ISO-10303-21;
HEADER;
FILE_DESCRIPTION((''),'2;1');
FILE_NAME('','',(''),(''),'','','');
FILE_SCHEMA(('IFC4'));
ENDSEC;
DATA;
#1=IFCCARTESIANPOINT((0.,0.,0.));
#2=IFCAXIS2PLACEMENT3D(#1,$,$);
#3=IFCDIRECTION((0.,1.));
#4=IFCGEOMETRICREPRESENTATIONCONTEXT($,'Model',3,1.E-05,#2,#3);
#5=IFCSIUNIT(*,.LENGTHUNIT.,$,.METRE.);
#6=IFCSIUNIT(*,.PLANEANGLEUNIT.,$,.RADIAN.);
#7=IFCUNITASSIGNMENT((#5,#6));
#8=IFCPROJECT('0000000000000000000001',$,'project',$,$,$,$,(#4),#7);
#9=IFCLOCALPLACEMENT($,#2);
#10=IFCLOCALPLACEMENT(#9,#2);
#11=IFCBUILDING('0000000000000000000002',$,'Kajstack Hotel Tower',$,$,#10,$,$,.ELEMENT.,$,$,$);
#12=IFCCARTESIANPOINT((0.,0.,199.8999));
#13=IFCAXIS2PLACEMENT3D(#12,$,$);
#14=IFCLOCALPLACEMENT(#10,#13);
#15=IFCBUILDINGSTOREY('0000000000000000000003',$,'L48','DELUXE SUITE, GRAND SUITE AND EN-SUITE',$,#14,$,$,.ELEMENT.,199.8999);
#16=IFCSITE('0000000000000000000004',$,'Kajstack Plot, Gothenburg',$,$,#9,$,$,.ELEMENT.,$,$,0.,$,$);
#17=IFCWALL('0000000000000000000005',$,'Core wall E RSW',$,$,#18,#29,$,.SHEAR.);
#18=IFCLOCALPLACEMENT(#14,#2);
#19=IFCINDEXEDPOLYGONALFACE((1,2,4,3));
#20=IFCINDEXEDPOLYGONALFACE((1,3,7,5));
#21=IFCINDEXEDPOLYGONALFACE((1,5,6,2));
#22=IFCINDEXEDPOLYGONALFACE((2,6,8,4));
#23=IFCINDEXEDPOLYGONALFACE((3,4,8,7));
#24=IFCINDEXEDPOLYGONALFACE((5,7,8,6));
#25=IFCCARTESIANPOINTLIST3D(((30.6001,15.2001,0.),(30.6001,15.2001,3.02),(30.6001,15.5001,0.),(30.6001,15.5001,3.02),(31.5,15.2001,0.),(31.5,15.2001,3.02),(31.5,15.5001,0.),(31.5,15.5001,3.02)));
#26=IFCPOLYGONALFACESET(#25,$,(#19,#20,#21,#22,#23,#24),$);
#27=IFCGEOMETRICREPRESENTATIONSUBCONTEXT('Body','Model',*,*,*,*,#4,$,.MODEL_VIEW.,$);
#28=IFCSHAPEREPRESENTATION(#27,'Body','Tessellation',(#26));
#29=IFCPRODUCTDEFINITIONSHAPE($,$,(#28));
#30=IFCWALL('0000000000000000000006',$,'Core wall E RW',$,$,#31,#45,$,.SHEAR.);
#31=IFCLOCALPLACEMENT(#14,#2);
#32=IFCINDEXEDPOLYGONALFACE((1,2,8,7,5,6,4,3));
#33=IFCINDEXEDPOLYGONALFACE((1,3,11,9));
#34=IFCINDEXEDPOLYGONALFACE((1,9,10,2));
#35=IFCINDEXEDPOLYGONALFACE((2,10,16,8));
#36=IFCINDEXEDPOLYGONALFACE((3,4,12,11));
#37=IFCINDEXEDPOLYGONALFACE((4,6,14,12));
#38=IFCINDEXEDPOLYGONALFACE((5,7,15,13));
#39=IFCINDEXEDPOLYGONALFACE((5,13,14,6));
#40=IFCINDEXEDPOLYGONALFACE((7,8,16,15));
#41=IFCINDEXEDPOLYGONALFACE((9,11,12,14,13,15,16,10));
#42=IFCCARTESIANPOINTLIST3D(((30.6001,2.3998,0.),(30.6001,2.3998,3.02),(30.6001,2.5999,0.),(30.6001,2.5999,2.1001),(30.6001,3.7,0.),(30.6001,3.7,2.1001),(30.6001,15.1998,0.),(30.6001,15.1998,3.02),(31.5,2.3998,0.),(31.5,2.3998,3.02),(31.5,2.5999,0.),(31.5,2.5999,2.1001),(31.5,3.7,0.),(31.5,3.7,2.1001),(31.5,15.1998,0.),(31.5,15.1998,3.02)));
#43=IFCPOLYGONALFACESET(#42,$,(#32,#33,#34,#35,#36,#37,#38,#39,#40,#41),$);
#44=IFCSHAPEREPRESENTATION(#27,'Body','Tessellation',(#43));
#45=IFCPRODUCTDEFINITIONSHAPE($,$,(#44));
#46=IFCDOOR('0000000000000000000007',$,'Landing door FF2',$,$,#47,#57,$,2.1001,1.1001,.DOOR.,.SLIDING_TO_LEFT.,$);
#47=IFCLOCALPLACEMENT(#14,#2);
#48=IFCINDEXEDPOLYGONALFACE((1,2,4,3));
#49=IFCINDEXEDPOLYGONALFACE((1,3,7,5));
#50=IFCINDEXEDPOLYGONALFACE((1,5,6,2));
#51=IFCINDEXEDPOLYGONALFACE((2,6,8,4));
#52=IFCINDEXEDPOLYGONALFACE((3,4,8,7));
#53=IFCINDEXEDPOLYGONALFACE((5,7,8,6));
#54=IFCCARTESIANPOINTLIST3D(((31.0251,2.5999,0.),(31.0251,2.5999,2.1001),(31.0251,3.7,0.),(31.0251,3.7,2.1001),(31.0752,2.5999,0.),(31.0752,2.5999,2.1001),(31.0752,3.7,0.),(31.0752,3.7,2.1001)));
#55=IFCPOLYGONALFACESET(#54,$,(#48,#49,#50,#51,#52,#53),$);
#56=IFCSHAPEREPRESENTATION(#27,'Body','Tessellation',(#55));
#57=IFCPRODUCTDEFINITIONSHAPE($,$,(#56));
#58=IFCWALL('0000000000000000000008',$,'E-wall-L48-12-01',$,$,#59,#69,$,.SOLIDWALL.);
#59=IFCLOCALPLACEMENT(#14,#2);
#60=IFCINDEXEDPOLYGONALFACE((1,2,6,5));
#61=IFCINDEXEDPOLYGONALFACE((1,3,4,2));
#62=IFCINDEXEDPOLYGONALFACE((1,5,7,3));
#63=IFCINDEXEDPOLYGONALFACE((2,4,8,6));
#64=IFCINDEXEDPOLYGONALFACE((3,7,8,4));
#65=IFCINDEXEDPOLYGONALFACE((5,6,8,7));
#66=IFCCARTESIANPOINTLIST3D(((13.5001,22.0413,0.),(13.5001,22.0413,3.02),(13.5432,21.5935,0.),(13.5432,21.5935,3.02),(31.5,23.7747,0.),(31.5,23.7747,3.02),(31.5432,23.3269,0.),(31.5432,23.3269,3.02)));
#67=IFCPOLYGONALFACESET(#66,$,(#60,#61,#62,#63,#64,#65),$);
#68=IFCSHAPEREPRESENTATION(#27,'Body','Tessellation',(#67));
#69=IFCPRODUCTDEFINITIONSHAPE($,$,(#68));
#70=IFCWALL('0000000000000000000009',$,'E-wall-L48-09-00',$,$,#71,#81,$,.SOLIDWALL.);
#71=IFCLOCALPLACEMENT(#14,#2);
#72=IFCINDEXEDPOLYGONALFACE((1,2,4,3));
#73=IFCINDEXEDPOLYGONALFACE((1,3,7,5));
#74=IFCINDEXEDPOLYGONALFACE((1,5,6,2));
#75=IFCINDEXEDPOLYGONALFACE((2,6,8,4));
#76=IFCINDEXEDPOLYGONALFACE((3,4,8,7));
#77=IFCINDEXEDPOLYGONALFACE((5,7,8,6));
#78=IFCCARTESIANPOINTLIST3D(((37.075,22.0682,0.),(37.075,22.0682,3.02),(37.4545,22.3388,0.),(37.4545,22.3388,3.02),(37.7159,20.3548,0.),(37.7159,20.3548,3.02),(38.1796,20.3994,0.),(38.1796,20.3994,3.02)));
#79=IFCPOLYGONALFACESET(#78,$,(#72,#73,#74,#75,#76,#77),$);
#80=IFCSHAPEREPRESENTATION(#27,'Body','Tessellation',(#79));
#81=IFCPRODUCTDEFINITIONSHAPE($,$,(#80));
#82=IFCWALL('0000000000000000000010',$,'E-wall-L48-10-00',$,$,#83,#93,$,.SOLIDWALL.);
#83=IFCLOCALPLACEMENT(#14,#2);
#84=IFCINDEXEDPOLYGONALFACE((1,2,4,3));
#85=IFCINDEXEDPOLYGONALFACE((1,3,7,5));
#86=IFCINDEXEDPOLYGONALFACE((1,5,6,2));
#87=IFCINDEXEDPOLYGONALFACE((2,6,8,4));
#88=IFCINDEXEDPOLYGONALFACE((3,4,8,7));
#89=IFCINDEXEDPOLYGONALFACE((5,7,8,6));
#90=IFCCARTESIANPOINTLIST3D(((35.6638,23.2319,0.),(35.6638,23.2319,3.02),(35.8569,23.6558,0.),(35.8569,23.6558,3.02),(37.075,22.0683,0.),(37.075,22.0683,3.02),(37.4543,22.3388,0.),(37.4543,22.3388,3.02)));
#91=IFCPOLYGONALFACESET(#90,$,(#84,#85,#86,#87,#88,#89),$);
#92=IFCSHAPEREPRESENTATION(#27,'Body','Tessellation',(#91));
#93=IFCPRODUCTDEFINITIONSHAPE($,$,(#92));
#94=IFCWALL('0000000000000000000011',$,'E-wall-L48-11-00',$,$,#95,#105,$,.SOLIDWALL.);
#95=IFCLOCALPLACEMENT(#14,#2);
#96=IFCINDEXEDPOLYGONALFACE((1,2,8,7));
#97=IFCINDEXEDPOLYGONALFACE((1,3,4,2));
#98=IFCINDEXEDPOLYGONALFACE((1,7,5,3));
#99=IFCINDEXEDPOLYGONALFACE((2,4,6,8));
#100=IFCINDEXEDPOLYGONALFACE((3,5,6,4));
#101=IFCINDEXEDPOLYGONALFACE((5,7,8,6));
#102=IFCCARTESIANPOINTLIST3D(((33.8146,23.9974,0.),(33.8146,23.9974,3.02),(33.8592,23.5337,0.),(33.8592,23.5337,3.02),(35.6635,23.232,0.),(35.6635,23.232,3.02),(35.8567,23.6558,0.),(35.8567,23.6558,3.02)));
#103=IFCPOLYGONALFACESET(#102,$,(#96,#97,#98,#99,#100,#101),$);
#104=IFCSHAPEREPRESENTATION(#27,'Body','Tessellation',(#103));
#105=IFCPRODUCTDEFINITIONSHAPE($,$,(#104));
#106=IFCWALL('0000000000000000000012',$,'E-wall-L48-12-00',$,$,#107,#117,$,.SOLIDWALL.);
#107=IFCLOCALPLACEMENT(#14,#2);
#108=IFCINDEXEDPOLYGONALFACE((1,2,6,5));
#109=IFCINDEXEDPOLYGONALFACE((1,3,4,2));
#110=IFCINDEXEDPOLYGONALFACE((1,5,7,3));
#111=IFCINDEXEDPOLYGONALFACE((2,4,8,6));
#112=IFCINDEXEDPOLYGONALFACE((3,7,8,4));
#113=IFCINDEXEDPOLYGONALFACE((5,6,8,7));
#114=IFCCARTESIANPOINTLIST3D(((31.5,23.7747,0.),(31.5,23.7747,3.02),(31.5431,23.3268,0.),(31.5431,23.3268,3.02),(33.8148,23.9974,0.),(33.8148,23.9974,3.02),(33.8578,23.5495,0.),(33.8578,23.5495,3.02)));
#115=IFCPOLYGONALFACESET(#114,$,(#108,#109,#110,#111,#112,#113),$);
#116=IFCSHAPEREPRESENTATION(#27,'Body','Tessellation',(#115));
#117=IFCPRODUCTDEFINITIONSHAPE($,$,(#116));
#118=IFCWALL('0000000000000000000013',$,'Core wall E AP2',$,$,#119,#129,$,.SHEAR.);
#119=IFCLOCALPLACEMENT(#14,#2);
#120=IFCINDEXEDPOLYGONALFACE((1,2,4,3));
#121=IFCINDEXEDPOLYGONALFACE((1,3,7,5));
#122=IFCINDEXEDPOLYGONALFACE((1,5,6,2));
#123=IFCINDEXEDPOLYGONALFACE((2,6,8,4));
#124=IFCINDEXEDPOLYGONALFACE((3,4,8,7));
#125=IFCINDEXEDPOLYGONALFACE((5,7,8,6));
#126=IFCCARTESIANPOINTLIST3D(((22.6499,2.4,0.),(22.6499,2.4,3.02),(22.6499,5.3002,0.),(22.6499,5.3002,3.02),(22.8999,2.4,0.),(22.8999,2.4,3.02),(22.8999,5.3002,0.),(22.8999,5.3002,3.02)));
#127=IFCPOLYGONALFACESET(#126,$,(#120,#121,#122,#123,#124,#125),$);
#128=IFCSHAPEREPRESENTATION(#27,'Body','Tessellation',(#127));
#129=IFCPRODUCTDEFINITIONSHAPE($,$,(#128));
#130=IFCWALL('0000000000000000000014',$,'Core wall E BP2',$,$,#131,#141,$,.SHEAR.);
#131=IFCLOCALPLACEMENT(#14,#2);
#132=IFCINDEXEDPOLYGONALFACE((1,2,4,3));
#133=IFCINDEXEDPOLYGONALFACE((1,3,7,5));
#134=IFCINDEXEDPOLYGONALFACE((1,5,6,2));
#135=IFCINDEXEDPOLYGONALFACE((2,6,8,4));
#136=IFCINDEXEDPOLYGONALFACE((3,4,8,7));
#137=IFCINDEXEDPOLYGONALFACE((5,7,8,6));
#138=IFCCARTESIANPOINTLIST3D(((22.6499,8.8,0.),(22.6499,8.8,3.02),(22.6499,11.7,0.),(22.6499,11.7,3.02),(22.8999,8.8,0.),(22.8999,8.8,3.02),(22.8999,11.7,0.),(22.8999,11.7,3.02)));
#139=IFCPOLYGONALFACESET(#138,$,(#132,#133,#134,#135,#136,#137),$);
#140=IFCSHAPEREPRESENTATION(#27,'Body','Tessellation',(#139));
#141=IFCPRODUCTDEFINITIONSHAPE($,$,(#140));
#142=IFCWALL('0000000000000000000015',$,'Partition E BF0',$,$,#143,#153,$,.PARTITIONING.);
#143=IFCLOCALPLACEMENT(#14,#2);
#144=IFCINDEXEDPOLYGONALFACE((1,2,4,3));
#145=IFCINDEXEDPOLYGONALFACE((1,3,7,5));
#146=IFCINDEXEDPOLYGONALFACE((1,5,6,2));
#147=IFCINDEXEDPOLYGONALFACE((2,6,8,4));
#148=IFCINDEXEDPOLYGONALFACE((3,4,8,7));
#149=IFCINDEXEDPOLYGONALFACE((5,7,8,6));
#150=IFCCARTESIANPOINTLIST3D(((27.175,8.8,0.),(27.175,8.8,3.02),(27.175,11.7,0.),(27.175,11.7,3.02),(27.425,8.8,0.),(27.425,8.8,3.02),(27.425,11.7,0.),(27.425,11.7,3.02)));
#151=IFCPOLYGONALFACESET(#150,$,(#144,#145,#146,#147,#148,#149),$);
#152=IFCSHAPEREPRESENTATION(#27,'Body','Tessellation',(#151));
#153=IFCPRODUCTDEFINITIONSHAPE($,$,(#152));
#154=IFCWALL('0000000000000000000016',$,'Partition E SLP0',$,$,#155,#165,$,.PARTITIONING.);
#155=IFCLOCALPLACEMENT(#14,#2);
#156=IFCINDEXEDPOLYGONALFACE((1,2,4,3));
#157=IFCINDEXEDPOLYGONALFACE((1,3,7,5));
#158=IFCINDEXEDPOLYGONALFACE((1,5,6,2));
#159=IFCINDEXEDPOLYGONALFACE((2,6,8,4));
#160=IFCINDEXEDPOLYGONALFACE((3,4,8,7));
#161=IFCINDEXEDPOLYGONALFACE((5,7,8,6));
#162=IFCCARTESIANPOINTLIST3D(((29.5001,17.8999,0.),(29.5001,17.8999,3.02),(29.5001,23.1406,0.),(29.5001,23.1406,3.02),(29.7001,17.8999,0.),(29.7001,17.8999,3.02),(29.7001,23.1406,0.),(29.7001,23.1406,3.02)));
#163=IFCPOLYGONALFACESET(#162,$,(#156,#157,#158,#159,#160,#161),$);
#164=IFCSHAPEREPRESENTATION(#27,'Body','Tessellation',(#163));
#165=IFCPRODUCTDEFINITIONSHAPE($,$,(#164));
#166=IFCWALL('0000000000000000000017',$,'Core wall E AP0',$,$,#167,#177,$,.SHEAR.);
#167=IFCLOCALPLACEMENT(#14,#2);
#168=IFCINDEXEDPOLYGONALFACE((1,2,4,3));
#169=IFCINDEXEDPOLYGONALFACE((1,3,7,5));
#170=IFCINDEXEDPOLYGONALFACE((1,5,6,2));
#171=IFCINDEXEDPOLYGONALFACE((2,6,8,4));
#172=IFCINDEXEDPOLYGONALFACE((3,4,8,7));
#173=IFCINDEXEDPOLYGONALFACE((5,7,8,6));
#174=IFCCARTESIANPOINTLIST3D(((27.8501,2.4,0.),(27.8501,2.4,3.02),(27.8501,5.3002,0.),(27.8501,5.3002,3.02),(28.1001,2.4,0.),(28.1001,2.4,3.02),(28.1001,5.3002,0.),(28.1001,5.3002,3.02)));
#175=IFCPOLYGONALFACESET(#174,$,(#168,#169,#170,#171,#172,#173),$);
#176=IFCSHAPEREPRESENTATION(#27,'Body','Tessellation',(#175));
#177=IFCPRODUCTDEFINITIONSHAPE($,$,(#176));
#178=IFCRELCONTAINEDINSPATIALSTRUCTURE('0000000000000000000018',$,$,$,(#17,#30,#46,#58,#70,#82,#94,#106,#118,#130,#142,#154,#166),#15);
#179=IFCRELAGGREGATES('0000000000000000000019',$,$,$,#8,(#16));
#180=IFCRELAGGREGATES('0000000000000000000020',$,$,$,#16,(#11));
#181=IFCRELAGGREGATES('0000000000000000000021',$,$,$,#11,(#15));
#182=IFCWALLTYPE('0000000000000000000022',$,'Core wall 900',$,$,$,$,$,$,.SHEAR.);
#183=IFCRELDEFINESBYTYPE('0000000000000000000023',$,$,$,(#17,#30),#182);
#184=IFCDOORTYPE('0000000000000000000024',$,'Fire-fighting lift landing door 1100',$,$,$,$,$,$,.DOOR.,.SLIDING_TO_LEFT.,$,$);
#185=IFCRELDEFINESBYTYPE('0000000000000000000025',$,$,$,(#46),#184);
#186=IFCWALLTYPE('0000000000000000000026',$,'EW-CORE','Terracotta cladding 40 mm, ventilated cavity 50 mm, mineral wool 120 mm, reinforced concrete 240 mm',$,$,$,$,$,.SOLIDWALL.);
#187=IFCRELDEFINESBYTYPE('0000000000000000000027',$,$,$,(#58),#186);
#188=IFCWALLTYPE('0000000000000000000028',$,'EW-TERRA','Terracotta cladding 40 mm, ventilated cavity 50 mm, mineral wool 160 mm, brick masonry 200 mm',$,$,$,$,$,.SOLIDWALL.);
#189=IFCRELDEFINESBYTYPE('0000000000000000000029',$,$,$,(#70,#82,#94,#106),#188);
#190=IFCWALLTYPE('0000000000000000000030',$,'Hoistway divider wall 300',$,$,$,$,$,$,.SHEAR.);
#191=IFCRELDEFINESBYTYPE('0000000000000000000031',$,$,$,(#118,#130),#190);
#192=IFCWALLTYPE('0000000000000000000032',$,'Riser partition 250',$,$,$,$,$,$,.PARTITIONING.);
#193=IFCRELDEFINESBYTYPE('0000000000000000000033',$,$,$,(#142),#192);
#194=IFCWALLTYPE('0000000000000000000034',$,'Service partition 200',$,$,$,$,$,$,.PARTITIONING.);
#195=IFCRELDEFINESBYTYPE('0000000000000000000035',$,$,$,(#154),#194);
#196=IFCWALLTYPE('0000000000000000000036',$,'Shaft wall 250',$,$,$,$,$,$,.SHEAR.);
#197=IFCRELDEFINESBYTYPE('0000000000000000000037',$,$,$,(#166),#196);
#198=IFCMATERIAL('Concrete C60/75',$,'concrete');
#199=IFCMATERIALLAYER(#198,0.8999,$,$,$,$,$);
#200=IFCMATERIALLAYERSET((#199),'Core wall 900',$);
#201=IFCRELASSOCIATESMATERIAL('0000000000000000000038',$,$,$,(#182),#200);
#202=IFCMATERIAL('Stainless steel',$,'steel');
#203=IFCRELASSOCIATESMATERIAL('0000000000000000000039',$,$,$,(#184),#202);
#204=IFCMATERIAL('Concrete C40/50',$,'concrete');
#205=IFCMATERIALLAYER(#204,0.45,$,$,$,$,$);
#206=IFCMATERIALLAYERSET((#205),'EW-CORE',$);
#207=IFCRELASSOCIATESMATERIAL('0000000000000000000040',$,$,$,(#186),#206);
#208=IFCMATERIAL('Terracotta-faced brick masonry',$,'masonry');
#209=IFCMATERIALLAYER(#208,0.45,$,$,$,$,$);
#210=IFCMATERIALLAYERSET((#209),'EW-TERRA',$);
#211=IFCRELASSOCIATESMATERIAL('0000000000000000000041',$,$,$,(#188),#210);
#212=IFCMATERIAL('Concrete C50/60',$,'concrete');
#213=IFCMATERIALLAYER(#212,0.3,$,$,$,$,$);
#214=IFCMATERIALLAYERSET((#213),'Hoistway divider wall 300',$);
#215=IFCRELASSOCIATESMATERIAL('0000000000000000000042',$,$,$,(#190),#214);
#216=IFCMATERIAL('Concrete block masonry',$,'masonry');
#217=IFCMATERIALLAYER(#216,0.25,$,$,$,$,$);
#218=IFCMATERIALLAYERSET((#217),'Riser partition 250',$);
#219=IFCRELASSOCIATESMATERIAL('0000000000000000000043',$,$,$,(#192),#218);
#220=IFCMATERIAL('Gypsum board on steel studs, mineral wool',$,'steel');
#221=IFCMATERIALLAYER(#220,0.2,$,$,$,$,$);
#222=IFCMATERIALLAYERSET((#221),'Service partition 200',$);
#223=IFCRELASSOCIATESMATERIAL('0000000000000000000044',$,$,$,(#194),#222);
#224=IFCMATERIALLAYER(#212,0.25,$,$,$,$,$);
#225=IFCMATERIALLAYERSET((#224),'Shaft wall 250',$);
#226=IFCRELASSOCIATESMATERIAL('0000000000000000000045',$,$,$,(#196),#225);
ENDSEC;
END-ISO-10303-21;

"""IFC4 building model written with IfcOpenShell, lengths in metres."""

from ifc_helpers import new_model, si_unit, direction, frame, frame_2d, origin, place, context, subcontext, project, spatial, polyline, rectangle, outline, extrude, material, layer, layer_set, type_object, element, fill, save


model = new_model("IFC4")

# Units and contexts
model_context = context("Model", 3, precision=1e-05, world=origin(), true_north=direction((0.0, 1.0)))
body_context = subcontext(model_context, "Body", "Model", "MODEL_VIEW")
ifc_project = project(units=[si_unit("LENGTHUNIT", "METRE"), si_unit("PLANEANGLEUNIT", "RADIAN")], contexts=[model_context])

# Site, building, storey
site_placement = place(None, origin())
site = spatial("IfcSite", under=ifc_project, at=site_placement, Name="Kajstack Plot, Gothenburg", CompositionType="ELEMENT", RefElevation=0.0)
building_placement = place(site_placement, origin())
building = spatial("IfcBuilding", under=site, at=building_placement, Name="Kajstack Hotel Tower", CompositionType="ELEMENT")
storey_placement = place(building_placement, frame((0.0, 0.0, 199.8999)))
storey = spatial("IfcBuildingStorey", under=building, at=storey_placement, Name="L48", Description="DELUXE SUITE, GRAND SUITE AND EN-SUITE", CompositionType="ELEMENT", Elevation=199.8999)

# Wall
ifc_material_1 = material(Name="Concrete C60/75", Category="concrete")
ifc_layer_1 = layer(ifc_material_1, 0.8999)
ifc_layer_set_1 = layer_set([ifc_layer_1], Name="Core wall 900")
wall_type_1 = type_object("IfcWallType", Name="Core wall 900", PredefinedType="SHEAR", material=ifc_layer_set_1)
wall_1_placement = place(storey_placement, frame((30.6001, 15.3501, 0.0), z_axis=(0.0, 0.0, 1.0), x_axis=(1.0, 0.0, 0.0)))
element("IfcWall", 1, at=wall_1_placement, inside=storey, type_object=wall_type_1, Name="Core wall E RSW", PredefinedType="SHEAR", context=body_context, shape_type="SweptSolid", body=[
    extrude(rectangle(XDim=0.8999, YDim=0.3, at=frame_2d((0.45, 0.0))), origin(), (0.0, 0.0, 1.0), 3.02),
])

# Wall, opening, door
wall_2_placement = place(storey_placement, frame((31.05, 2.3999, 0.0), z_axis=(0.0, 0.0, 1.0), x_axis=(0.0, 1.0, 0.0)))
wall_2 = element("IfcWall", 2, at=wall_2_placement, inside=storey, type_object=wall_type_1, Name="Core wall E RW", PredefinedType="SHEAR", context=body_context, shape_type="SweptSolid", body=[
    extrude(rectangle(XDim=12.8, YDim=0.8999, at=frame_2d((6.3999, 0.0))), origin(), (0.0, 0.0, 1.0), 3.02),
])
opening_1_placement = place(wall_2_placement, frame((0.2, 0.0, 0.0)))
opening_1 = element("IfcOpeningElement", 3, at=opening_1_placement, cuts=wall_2, PredefinedType="OPENING", context=body_context, shape_type="SweptSolid", body=[
    extrude(rectangle(XDim=1.1001, YDim=2.1001, at=frame_2d((0.55, 1.05))), frame((0.0, 0.46, 0.0), z_axis=(0.0, -1.0, 0.0), x_axis=(1.0, 0.0, 0.0)), (0.0, 0.0, 1.0), 0.9199),
])
ifc_material_2 = material(Name="Stainless steel", Category="steel")
door_type_1 = type_object("IfcDoorType", Name="Fire-fighting lift landing door 1100", OperationType="SLIDING_TO_LEFT", PredefinedType="DOOR", material=ifc_material_2)
door_1_placement = place(opening_1_placement, origin())
door_1 = element("IfcDoor", 4, at=door_1_placement, inside=storey, type_object=door_type_1, Name="Landing door FF2", OperationType="SLIDING_TO_LEFT", OverallHeight=2.1001, OverallWidth=1.1001, PredefinedType="DOOR", context=body_context, shape_type="SweptSolid", body=[
    extrude(rectangle(XDim=1.1001, YDim=2.1001, at=frame_2d((0.55, 1.05))), frame((0.0, 0.0249, 0.0), z_axis=(0.0, -1.0, 0.0), x_axis=(1.0, 0.0, 0.0)), (0.0, 0.0, 1.0), 0.05),
])
fill(opening_1, door_1)

# Walls
ifc_material_3 = material(Name="Concrete C40/50", Category="concrete")
ifc_layer_2 = layer(ifc_material_3, 0.45)
ifc_layer_set_2 = layer_set([ifc_layer_2], Name="EW-CORE")
wall_type_2 = type_object("IfcWallType", Name="EW-CORE", Description="Terracotta cladding 40 mm, ventilated cavity 50 mm, mineral wool 120 mm, reinforced concrete 240 mm", PredefinedType="SOLIDWALL", material=ifc_layer_set_2)
wall_3_placement = place(storey_placement, frame((31.5215, 23.5508, 0.0), z_axis=(0.0, 0.0, 1.0), x_axis=(-0.995395, -0.095856, 0.0)))
element("IfcWall", 5, at=wall_3_placement, inside=storey, type_object=wall_type_2, Name="E-wall-L48-12-01", PredefinedType="SOLIDWALL", context=body_context, shape_type="SweptSolid", body=[
    extrude(rectangle(XDim=18.0833, YDim=0.45, at=frame_2d((9.0415, 0.0))), origin(), (0.0, 0.0, 1.0), 3.02),
])
ifc_material_4 = material(Name="Terracotta-faced brick masonry", Category="masonry")
ifc_layer_3 = layer(ifc_material_4, 0.45)
ifc_layer_set_3 = layer_set([ifc_layer_3], Name="EW-TERRA")
wall_type_3 = type_object("IfcWallType", Name="EW-TERRA", Description="Terracotta cladding 40 mm, ventilated cavity 50 mm, mineral wool 160 mm, brick masonry 200 mm", PredefinedType="SOLIDWALL", material=ifc_layer_set_3)
wall_4_placement = place(storey_placement, frame((37.9688, 20.3206, 0.0), z_axis=(0.0, 0.0, 1.0), x_axis=(-0.350193, 0.936678, 0.0)))
element("IfcWall", 6, at=wall_4_placement, inside=storey, type_object=wall_type_3, Name="E-wall-L48-09-00", PredefinedType="SOLIDWALL", context=body_context, shape_type="SweptSolid", body=[
    extrude(outline(polyline([(0.0, -0.2251), (2.0706, -0.2251), (1.95, 0.2251), (0.1206, 0.2249), (0.0, -0.2251)])), origin(), (0.0, 0.0, 1.0), 3.02),
])
wall_5_placement = place(storey_placement, frame((37.3113, 22.1653, 0.0), z_axis=(0.0, 0.0, 1.0), x_axis=(-0.771651, 0.636046, 0.0)))
element("IfcWall", 7, at=wall_5_placement, inside=storey, type_object=wall_type_3, Name="E-wall-L48-10-00", PredefinedType="SOLIDWALL", context=body_context, shape_type="SweptSolid", body=[
    extrude(outline(polyline([(0.0, -0.2249), (2.0703, -0.2251), (1.9497, 0.2249), (0.1206, 0.2251), (0.0, -0.2249)])), origin(), (0.0, 0.0, 1.0), 3.02),
])
wall_6_placement = place(storey_placement, frame((35.8196, 23.4338, 0.0), z_axis=(0.0, 0.0, 1.0), x_axis=(-0.986279, 0.165087, 0.0)))
element("IfcWall", 8, at=wall_6_placement, inside=storey, type_object=wall_type_3, Name="E-wall-L48-11-00", PredefinedType="SOLIDWALL", context=body_context, shape_type="SweptSolid", body=[
    extrude(outline(polyline([(0.0, -0.2251), (2.0706, -0.2249), (1.95, 0.2251), (0.1206, 0.2249), (0.0, -0.2251)])), origin(), (0.0, 0.0, 1.0), 3.02),
])
wall_7_placement = place(storey_placement, frame((33.8362, 23.7734, 0.0), z_axis=(0.0, 0.0, 1.0), x_axis=(-0.995405, -0.09575, 0.0)))
element("IfcWall", 9, at=wall_7_placement, inside=storey, type_object=wall_type_3, Name="E-wall-L48-12-00", PredefinedType="SOLIDWALL", context=body_context, shape_type="SweptSolid", body=[
    extrude(rectangle(XDim=2.3254, YDim=0.45, at=frame_2d((1.1626, 0.0))), origin(), (0.0, 0.0, 1.0), 3.02),
])
ifc_material_5 = material(Name="Concrete C50/60", Category="concrete")
ifc_layer_4 = layer(ifc_material_5, 0.3)
ifc_layer_set_4 = layer_set([ifc_layer_4], Name="Hoistway divider wall 300")
wall_type_4 = type_object("IfcWallType", Name="Hoistway divider wall 300", PredefinedType="SHEAR", material=ifc_layer_set_4)
wall_8_placement = place(storey_placement, frame((22.7749, 2.3999, 0.0), z_axis=(0.0, 0.0, 1.0), x_axis=(0.0, 1.0, 0.0)))
element("IfcWall", 10, at=wall_8_placement, inside=storey, type_object=wall_type_4, Name="Core wall E AP2", PredefinedType="SHEAR", context=body_context, shape_type="SweptSolid", body=[
    extrude(rectangle(XDim=2.9001, YDim=0.25, at=frame_2d((1.4502, 0.0))), origin(), (0.0, 0.0, 1.0), 3.02),
])
wall_9_placement = place(storey_placement, frame((22.7749, 8.8, 0.0), z_axis=(0.0, 0.0, 1.0), x_axis=(0.0, 1.0, 0.0)))
element("IfcWall", 11, at=wall_9_placement, inside=storey, type_object=wall_type_4, Name="Core wall E BP2", PredefinedType="SHEAR", context=body_context, shape_type="SweptSolid", body=[
    extrude(rectangle(XDim=2.8999, YDim=0.25, at=frame_2d((1.45, 0.0))), origin(), (0.0, 0.0, 1.0), 3.02),
])
ifc_material_6 = material(Name="Concrete block masonry", Category="masonry")
ifc_layer_5 = layer(ifc_material_6, 0.25)
ifc_layer_set_5 = layer_set([ifc_layer_5], Name="Riser partition 250")
wall_type_5 = type_object("IfcWallType", Name="Riser partition 250", PredefinedType="PARTITIONING", material=ifc_layer_set_5)
wall_10_placement = place(storey_placement, frame((27.3, 8.8, 0.0), z_axis=(0.0, 0.0, 1.0), x_axis=(0.0, 1.0, 0.0)))
element("IfcWall", 12, at=wall_10_placement, inside=storey, type_object=wall_type_5, Name="Partition E BF0", PredefinedType="PARTITIONING", context=body_context, shape_type="SweptSolid", body=[
    extrude(rectangle(XDim=2.8999, YDim=0.25, at=frame_2d((1.45, 0.0))), origin(), (0.0, 0.0, 1.0), 3.02),
])
ifc_material_7 = material(Name="Gypsum board on steel studs, mineral wool", Category="steel")
ifc_layer_6 = layer(ifc_material_7, 0.2)
ifc_layer_set_6 = layer_set([ifc_layer_6], Name="Service partition 200")
wall_type_6 = type_object("IfcWallType", Name="Service partition 200", PredefinedType="PARTITIONING", material=ifc_layer_set_6)
wall_11_placement = place(storey_placement, frame((29.6001, 17.8999, 0.0), z_axis=(0.0, 0.0, 1.0), x_axis=(0.0, 1.0, 0.0)))
element("IfcWall", 13, at=wall_11_placement, inside=storey, type_object=wall_type_6, Name="Partition E SLP0", PredefinedType="PARTITIONING", context=body_context, shape_type="SweptSolid", body=[
    extrude(rectangle(XDim=5.2407, YDim=0.2, at=frame_2d((2.6204, 0.0))), origin(), (0.0, 0.0, 1.0), 3.02),
])
ifc_layer_7 = layer(ifc_material_5, 0.25)
ifc_layer_set_7 = layer_set([ifc_layer_7], Name="Shaft wall 250")
wall_type_7 = type_object("IfcWallType", Name="Shaft wall 250", PredefinedType="SHEAR", material=ifc_layer_set_7)
wall_12_placement = place(storey_placement, frame((27.9751, 2.3999, 0.0), z_axis=(0.0, 0.0, 1.0), x_axis=(0.0, 1.0, 0.0)))
element("IfcWall", 14, at=wall_12_placement, inside=storey, type_object=wall_type_7, Name="Core wall E AP0", PredefinedType="SHEAR", context=body_context, shape_type="SweptSolid", body=[
    extrude(rectangle(XDim=2.9001, YDim=0.25, at=frame_2d((1.4502, 0.0))), origin(), (0.0, 0.0, 1.0), 3.02),
])

save(model, "model.ifc")
